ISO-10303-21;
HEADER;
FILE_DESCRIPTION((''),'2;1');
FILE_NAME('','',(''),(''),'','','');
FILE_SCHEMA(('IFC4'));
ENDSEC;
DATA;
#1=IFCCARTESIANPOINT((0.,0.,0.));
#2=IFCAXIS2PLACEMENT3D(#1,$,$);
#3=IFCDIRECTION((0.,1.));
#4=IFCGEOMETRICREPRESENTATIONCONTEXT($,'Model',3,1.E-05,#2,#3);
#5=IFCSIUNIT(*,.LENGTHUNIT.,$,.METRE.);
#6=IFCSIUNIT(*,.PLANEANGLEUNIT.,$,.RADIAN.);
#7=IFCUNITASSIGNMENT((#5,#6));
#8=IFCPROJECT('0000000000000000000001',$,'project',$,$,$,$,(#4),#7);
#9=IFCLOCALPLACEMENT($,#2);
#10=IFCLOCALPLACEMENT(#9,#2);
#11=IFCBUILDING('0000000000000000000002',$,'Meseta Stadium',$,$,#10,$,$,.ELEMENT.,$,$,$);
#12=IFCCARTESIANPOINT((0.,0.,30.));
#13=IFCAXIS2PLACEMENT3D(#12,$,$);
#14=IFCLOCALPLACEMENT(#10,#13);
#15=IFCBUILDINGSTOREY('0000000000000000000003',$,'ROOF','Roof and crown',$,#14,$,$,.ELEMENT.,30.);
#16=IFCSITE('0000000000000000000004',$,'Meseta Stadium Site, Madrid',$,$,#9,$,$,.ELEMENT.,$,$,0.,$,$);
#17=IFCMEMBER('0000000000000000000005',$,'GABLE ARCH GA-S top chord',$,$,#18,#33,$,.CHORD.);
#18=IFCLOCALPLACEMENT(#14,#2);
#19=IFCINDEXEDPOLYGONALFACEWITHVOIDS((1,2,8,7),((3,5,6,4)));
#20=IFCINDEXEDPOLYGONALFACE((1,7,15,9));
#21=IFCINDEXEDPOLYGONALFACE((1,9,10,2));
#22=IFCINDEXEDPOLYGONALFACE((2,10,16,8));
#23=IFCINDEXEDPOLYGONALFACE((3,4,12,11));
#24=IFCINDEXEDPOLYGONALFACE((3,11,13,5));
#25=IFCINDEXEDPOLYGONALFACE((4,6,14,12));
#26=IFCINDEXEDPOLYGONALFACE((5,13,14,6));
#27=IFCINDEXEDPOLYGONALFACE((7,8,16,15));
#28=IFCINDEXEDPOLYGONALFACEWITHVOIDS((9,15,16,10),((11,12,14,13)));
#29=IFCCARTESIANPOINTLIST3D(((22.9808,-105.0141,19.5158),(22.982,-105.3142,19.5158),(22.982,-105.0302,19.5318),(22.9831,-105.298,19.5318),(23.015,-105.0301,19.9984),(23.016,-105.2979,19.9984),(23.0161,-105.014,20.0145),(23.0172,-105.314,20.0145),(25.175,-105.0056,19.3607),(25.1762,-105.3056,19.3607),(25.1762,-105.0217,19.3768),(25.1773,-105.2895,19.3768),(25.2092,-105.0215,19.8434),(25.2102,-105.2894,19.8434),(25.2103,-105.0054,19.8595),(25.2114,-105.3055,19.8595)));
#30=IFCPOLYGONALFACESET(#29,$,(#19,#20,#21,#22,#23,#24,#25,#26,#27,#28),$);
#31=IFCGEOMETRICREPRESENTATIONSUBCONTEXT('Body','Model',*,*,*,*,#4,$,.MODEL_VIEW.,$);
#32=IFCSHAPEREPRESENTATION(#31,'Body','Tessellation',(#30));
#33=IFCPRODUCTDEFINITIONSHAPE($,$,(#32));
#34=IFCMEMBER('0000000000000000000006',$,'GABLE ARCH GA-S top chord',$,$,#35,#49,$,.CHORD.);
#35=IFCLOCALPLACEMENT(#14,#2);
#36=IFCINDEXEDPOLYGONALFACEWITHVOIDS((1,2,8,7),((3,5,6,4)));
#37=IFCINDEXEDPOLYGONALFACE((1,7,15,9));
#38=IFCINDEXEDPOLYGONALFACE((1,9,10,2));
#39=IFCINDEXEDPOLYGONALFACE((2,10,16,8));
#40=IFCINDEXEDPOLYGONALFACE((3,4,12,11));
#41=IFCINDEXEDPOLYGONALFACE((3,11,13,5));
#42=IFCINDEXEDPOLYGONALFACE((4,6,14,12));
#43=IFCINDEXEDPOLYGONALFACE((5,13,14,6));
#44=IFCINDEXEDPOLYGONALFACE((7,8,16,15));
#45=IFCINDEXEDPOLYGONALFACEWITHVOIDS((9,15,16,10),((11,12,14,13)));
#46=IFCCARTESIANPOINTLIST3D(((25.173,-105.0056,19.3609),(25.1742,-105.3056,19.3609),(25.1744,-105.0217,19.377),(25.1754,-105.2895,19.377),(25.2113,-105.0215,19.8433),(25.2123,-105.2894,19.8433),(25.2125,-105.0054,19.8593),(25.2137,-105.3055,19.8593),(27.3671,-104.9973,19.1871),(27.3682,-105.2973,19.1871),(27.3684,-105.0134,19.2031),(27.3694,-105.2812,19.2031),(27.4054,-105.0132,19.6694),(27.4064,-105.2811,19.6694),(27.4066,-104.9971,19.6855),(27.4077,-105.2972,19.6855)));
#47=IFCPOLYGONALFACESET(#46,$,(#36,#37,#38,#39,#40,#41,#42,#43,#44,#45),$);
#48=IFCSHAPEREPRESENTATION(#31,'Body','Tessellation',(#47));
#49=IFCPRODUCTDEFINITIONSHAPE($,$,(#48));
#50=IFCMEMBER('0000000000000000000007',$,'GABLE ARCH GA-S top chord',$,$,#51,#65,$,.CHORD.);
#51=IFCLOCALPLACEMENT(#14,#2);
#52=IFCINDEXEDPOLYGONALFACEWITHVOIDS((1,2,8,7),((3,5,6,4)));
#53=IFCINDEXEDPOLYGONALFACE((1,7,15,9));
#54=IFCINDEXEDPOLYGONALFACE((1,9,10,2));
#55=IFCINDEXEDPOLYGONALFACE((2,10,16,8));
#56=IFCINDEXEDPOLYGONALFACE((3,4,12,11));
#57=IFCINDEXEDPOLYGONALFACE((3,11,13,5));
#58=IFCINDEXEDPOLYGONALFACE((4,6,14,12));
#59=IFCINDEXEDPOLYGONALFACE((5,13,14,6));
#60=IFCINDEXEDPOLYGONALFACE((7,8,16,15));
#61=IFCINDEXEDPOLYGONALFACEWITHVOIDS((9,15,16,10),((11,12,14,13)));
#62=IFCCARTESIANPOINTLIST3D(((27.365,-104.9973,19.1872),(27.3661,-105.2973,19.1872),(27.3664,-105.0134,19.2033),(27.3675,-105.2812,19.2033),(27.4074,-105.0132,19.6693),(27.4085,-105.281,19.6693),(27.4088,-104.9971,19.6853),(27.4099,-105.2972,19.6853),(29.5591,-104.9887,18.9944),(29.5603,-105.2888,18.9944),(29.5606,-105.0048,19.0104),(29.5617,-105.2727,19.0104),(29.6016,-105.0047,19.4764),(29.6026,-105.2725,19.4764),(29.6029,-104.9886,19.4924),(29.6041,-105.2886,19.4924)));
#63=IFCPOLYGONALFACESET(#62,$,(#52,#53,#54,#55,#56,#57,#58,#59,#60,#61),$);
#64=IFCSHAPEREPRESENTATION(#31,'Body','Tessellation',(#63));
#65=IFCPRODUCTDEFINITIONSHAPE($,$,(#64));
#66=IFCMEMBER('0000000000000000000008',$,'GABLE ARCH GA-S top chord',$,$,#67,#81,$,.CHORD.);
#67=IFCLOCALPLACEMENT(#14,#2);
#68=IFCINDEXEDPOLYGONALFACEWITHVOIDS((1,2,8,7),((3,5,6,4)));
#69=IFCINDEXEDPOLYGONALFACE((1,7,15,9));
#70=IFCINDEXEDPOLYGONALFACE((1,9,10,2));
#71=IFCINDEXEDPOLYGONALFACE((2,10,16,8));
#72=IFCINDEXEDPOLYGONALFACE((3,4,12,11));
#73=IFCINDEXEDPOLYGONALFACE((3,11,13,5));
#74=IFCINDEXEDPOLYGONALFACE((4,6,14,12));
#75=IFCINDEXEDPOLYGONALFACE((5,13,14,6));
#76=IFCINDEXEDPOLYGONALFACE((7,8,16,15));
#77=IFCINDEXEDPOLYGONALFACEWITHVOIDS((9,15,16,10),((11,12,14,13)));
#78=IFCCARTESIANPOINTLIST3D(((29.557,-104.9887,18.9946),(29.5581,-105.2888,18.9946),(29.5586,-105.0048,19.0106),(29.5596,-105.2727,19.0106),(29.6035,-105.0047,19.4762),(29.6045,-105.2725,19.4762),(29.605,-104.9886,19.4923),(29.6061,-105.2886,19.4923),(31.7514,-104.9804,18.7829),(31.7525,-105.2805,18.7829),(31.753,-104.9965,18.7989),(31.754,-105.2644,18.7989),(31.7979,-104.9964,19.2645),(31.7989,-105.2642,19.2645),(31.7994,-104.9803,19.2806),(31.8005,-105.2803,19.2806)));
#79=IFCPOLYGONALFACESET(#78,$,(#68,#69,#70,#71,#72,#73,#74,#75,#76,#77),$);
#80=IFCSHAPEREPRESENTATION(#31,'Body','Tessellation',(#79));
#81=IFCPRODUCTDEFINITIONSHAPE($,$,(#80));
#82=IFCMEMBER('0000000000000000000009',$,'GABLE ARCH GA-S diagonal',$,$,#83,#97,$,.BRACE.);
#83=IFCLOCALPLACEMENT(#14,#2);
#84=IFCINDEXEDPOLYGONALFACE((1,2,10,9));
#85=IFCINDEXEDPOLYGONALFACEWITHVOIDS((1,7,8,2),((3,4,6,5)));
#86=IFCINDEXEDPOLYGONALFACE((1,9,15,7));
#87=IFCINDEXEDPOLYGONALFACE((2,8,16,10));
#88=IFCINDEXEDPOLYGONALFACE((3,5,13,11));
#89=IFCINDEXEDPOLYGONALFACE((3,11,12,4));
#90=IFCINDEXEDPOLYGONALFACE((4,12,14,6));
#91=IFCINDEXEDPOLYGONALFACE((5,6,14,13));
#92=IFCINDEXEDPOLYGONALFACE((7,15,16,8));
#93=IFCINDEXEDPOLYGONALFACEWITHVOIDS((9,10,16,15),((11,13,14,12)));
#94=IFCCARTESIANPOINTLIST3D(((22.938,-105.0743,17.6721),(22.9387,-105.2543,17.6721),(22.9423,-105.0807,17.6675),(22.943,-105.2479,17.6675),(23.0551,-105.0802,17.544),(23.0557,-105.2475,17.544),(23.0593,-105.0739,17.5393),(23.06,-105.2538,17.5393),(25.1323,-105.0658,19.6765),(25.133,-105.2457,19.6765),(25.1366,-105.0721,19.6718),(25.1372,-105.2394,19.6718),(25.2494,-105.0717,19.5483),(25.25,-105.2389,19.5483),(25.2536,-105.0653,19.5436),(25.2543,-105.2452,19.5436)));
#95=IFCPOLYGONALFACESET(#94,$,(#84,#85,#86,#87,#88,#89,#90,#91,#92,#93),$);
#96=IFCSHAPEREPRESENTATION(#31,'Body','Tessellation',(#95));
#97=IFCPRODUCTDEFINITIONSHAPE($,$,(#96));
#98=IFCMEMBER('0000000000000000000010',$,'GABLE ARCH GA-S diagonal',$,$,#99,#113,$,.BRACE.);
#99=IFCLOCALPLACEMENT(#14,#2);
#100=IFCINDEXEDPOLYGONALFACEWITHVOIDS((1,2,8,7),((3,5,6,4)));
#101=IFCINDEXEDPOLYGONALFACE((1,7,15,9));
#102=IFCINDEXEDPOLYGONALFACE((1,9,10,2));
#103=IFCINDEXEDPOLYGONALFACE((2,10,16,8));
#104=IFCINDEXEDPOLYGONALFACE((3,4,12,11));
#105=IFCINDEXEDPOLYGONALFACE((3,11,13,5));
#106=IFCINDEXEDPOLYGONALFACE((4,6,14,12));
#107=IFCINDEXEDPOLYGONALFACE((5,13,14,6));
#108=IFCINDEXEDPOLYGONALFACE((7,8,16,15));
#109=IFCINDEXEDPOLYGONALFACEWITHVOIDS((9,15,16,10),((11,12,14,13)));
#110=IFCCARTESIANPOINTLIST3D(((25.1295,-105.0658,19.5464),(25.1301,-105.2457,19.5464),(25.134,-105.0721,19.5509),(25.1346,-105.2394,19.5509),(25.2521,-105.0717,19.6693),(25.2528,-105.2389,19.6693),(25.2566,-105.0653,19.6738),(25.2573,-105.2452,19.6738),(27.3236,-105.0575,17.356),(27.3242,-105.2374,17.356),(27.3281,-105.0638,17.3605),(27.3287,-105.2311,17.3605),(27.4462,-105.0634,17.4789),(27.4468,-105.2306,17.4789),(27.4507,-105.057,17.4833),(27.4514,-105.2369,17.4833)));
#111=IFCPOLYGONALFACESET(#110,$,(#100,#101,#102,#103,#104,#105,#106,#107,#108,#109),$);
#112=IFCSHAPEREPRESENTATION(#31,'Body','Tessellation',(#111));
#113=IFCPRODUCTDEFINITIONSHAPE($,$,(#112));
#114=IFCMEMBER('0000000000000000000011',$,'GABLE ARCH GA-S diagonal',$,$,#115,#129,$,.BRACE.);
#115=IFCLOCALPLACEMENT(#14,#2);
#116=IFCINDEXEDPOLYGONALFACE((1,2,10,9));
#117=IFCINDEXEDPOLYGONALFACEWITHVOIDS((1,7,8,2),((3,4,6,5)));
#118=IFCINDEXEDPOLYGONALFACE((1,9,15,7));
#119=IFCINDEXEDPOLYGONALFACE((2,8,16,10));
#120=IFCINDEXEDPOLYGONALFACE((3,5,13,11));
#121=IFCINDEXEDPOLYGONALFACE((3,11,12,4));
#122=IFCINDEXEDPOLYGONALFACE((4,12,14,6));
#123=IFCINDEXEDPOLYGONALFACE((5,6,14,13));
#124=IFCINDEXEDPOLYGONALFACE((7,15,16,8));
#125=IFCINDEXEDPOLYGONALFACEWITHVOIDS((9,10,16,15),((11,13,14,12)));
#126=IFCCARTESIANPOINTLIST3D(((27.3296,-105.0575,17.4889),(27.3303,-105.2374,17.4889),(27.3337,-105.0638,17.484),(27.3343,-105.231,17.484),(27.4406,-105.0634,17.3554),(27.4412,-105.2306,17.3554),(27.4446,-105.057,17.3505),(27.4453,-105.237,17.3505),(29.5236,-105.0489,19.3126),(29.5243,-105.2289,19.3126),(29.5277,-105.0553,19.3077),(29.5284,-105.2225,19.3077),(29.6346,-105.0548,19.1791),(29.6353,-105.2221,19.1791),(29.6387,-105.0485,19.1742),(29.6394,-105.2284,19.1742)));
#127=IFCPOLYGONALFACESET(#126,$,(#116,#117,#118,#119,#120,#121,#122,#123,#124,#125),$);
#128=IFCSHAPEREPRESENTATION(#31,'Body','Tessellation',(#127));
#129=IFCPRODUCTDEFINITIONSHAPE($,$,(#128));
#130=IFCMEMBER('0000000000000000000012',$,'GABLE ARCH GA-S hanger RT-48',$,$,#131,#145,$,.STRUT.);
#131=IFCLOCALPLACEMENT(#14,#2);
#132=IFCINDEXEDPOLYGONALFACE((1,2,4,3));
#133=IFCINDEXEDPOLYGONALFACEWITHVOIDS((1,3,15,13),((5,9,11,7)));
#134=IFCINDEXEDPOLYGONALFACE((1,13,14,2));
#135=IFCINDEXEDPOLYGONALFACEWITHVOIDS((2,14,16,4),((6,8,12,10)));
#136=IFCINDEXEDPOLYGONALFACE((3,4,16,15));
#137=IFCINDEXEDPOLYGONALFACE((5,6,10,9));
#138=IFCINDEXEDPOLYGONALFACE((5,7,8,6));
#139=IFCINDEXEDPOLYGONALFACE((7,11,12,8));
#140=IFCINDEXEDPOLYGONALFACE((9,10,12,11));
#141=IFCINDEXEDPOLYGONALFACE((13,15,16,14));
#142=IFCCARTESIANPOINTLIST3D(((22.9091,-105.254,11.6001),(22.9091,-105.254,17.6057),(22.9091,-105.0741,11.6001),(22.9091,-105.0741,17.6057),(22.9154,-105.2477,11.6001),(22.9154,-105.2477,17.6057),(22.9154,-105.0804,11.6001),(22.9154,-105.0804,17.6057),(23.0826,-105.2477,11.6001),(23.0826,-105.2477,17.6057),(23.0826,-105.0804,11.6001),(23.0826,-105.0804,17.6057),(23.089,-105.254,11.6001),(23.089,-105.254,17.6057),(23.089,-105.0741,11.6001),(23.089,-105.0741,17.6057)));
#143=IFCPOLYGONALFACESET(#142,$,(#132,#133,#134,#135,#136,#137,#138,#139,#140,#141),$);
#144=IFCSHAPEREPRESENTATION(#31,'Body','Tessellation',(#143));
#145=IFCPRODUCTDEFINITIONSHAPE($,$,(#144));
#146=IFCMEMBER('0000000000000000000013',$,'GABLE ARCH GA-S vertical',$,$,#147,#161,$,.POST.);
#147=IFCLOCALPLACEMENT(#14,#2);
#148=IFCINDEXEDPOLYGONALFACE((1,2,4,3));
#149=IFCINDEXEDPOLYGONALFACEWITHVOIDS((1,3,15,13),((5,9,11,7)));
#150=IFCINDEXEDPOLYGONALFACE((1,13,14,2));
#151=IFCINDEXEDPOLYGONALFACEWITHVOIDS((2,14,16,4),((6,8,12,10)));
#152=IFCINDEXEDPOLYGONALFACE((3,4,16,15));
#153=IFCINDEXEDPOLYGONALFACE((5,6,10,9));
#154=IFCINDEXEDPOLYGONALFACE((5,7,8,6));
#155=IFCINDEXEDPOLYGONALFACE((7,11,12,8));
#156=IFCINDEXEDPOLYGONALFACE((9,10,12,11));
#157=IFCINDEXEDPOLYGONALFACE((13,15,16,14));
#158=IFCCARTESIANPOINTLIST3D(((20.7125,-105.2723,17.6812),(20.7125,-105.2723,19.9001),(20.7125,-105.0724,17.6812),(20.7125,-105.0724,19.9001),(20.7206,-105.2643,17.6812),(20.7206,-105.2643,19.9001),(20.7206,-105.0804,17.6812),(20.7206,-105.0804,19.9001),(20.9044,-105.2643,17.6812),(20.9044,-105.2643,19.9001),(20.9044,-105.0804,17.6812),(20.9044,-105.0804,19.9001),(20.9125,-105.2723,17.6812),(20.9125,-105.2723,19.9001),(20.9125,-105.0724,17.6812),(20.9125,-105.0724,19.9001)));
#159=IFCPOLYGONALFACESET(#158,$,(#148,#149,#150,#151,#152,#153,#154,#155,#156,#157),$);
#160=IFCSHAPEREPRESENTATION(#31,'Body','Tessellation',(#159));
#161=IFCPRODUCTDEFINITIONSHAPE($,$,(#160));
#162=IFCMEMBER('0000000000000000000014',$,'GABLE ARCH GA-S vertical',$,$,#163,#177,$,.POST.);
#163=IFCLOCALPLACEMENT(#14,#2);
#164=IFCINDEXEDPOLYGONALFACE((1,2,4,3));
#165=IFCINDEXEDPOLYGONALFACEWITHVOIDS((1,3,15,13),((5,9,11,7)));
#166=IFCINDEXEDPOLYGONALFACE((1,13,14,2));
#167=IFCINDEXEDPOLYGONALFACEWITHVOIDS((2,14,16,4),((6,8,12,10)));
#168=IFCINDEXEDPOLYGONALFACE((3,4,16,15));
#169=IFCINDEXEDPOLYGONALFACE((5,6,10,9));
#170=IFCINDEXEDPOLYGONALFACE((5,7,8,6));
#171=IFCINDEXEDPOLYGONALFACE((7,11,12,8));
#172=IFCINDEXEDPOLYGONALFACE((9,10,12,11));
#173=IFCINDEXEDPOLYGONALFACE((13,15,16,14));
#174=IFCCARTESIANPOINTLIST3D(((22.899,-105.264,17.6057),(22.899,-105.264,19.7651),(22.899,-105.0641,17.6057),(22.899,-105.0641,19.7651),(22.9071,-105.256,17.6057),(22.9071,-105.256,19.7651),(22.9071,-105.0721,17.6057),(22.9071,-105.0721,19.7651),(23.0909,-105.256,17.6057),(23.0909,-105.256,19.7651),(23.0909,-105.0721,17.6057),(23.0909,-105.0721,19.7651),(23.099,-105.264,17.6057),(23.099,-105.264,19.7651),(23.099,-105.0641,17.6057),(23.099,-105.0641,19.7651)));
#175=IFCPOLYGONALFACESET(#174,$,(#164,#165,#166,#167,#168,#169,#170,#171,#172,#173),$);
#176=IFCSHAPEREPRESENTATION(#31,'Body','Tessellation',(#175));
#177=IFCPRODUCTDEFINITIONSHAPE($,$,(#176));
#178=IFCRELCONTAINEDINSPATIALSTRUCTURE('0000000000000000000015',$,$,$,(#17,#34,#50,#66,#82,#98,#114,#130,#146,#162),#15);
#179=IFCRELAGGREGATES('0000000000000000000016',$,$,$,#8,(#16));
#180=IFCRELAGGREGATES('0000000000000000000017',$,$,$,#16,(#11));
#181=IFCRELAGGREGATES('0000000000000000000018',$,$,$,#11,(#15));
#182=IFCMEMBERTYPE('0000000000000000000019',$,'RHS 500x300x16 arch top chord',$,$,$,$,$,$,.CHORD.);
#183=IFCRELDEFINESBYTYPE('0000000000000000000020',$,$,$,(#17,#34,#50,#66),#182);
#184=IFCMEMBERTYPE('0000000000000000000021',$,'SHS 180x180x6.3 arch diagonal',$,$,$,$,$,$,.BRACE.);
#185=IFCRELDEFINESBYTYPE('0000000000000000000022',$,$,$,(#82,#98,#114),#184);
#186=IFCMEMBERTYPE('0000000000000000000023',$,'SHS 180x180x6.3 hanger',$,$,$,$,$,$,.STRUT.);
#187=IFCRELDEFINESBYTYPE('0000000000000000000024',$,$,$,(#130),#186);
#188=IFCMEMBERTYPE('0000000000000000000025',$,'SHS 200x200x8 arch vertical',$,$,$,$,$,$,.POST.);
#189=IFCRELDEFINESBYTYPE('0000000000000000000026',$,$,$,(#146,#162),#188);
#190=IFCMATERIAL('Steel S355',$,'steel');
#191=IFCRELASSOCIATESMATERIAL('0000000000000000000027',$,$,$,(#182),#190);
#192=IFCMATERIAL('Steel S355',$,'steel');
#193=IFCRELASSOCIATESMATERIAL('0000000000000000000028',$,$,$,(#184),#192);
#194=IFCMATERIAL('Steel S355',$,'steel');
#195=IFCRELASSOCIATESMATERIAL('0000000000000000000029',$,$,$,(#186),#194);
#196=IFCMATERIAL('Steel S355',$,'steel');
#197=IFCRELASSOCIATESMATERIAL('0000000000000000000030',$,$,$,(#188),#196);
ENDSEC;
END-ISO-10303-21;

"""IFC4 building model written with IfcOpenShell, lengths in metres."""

from ifc_helpers import new_model, si_unit, direction, frame, origin, origin_2d, place, context, subcontext, project, spatial, hollow_rectangle, extrude, material, material_profile, profile_set, type_object, element, save


model = new_model("IFC4")

# Units and contexts
model_context = context("Model", 3, precision=1e-05, world=origin(), true_north=direction((0.0, 1.0)))
body_context = subcontext(model_context, "Body", "Model", "MODEL_VIEW")
ifc_project = project(units=[si_unit("LENGTHUNIT", "METRE"), si_unit("PLANEANGLEUNIT", "RADIAN")], contexts=[model_context])

# Site, building, storey
site_placement = place(None, origin())
site = spatial("IfcSite", under=ifc_project, at=site_placement, Name="Meseta Stadium Site, Madrid", CompositionType="ELEMENT", RefElevation=0.0)
building_placement = place(site_placement, origin())
building = spatial("IfcBuilding", under=site, at=building_placement, Name="Meseta Stadium", CompositionType="ELEMENT")
storey_placement = place(building_placement, frame((0.0, 0.0, 30.0)))
storey = spatial("IfcBuildingStorey", under=building, at=storey_placement, Name="ROOF", Description="Roof and crown", CompositionType="ELEMENT", Elevation=30.0)

# Members
ifc_material_1 = material(Name="Steel S355", Category="steel")
ifc_material_profile_1 = material_profile(ifc_material_1, hollow_rectangle(XDim=0.3, YDim=0.5, WallThickness=0.0161, at=origin_2d()), Name="RHS 500x300x16")
ifc_profile_set_1 = profile_set([ifc_material_profile_1], Name="Steel S355")
member_type_1 = type_object("IfcMemberType", Name="RHS 500x300x16 arch top chord", PredefinedType="CHORD", material=ifc_profile_set_1)
member_1_placement = place(storey_placement, frame((22.999, -105.1641, 19.7651), z_axis=(0.997506, 0.003884, -0.070474), x_axis=(-0.003894, 0.999992, 0.0)))
element("IfcMember", 1, at=member_1_placement, inside=storey, type_object=member_type_1, Name="GABLE ARCH GA-S top chord", PredefinedType="CHORD", context=body_context, shape_type="SweptSolid", body=[
    extrude(hollow_rectangle(XDim=0.3, YDim=0.5, WallThickness=0.0161, at=origin_2d()), origin(), (0.0, 0.0, 1.0), 2.1997),
])
member_2_placement = place(storey_placement, frame((25.1934, -105.1555, 19.6101), z_axis=(0.996869, 0.003771, -0.078978), x_axis=(-0.003783, 0.999993, 0.0)))
element("IfcMember", 2, at=member_2_placement, inside=storey, type_object=member_type_1, Name="GABLE ARCH GA-S top chord", PredefinedType="CHORD", context=body_context, shape_type="SweptSolid", body=[
    extrude(hollow_rectangle(XDim=0.3, YDim=0.5, WallThickness=0.0161, at=origin_2d()), origin(), (0.0, 0.0, 1.0), 2.2009),
])
member_3_placement = place(storey_placement, frame((27.3875, -105.1472, 19.4363), z_axis=(0.996151, 0.00388, -0.087566), x_axis=(-0.003894, 0.999992, 0.0)))
element("IfcMember", 3, at=member_3_placement, inside=storey, type_object=member_type_1, Name="GABLE ARCH GA-S top chord", PredefinedType="CHORD", context=body_context, shape_type="SweptSolid", body=[
    extrude(hollow_rectangle(XDim=0.3, YDim=0.5, WallThickness=0.0161, at=origin_2d()), origin(), (0.0, 0.0, 1.0), 2.2026),
])
member_4_placement = place(storey_placement, frame((29.5815, -105.1387, 19.2434), z_axis=(0.995373, 0.003765, -0.096016), x_axis=(-0.003783, 0.999993, 0.0)))
element("IfcMember", 4, at=member_4_placement, inside=storey, type_object=member_type_1, Name="GABLE ARCH GA-S top chord", PredefinedType="CHORD", context=body_context, shape_type="SweptSolid", body=[
    extrude(hollow_rectangle(XDim=0.3, YDim=0.5, WallThickness=0.0161, at=origin_2d()), origin(), (0.0, 0.0, 1.0), 2.2046),
])
ifc_material_2 = material(Name="Steel S355", Category="steel")
ifc_material_profile_2 = material_profile(ifc_material_2, hollow_rectangle(XDim=0.1799, YDim=0.1799, WallThickness=0.0063, at=origin_2d()), Name="SHS 180x180x6.3")
ifc_profile_set_2 = profile_set([ifc_material_profile_2], Name="Steel S355")
member_type_2 = type_object("IfcMemberType", Name="SHS 180x180x6.3 arch diagonal", PredefinedType="BRACE", material=ifc_profile_set_2)
member_5_placement = place(storey_placement, frame((22.999, -105.1641, 17.6057), z_axis=(0.738337, 0.002875, 0.674426), x_axis=(-0.003894, 0.999992, 0.0)))
element("IfcMember", 5, at=member_5_placement, inside=storey, type_object=member_type_2, Name="GABLE ARCH GA-S diagonal", PredefinedType="BRACE", context=body_context, shape_type="SweptSolid", body=[
    extrude(hollow_rectangle(XDim=0.1799, YDim=0.1799, WallThickness=0.0063, at=origin_2d()), origin(), (0.0, 0.0, 1.0), 2.9719),
])
member_6_placement = place(storey_placement, frame((25.1934, -105.1555, 19.6101), z_axis=(0.707695, 0.002677, -0.706513), x_axis=(-0.003783, 0.999993, 0.0)))
element("IfcMember", 6, at=member_6_placement, inside=storey, type_object=member_type_2, Name="GABLE ARCH GA-S diagonal", PredefinedType="BRACE", context=body_context, shape_type="SweptSolid", body=[
    extrude(hollow_rectangle(XDim=0.1799, YDim=0.1799, WallThickness=0.0063, at=origin_2d()), origin(), (0.0, 0.0, 1.0), 3.1003),
])
member_7_placement = place(storey_placement, frame((27.3875, -105.1472, 17.4197), z_axis=(0.769024, 0.002995, 0.639213), x_axis=(-0.003894, 0.999992, 0.0)))
element("IfcMember", 7, at=member_7_placement, inside=storey, type_object=member_type_2, Name="GABLE ARCH GA-S diagonal", PredefinedType="BRACE", context=body_context, shape_type="SweptSolid", body=[
    extrude(hollow_rectangle(XDim=0.1799, YDim=0.1799, WallThickness=0.0063, at=origin_2d()), origin(), (0.0, 0.0, 1.0), 2.853),
])
ifc_material_3 = material(Name="Steel S355", Category="steel")
ifc_material_profile_3 = material_profile(ifc_material_3, hollow_rectangle(XDim=0.1799, YDim=0.1799, WallThickness=0.0063, at=origin_2d()), Name="SHS 180x180x6.3")
ifc_profile_set_3 = profile_set([ifc_material_profile_3], Name="Steel S355")
member_type_3 = type_object("IfcMemberType", Name="SHS 180x180x6.3 hanger", PredefinedType="STRUT", material=ifc_profile_set_3)
member_8_placement = place(storey_placement, frame((22.999, -105.1641, 17.6057), z_axis=(0.0, 0.0, -1.0), x_axis=(1.0, 0.0, 0.0)))
element("IfcMember", 8, at=member_8_placement, inside=storey, type_object=member_type_3, Name="GABLE ARCH GA-S hanger RT-48", PredefinedType="STRUT", context=body_context, shape_type="SweptSolid", body=[
    extrude(hollow_rectangle(XDim=0.1799, YDim=0.1799, WallThickness=0.0063, at=origin_2d()), origin(), (0.0, 0.0, 1.0), 6.0056),
])
ifc_material_4 = material(Name="Steel S355", Category="steel")
ifc_material_profile_4 = material_profile(ifc_material_4, hollow_rectangle(XDim=0.2, YDim=0.2, WallThickness=0.0081, at=origin_2d()), Name="SHS 200x200x8")
ifc_profile_set_4 = profile_set([ifc_material_profile_4], Name="Steel S355")
member_type_4 = type_object("IfcMemberType", Name="SHS 200x200x8 arch vertical", PredefinedType="POST", material=ifc_profile_set_4)
member_9_placement = place(storey_placement, frame((20.8125, -105.1724, 17.6812), z_axis=(0.0, 0.0, 1.0), x_axis=(1.0, 0.0, 0.0)))
element("IfcMember", 9, at=member_9_placement, inside=storey, type_object=member_type_4, Name="GABLE ARCH GA-S vertical", PredefinedType="POST", context=body_context, shape_type="SweptSolid", body=[
    extrude(hollow_rectangle(XDim=0.2, YDim=0.2, WallThickness=0.0081, at=origin_2d()), origin(), (0.0, 0.0, 1.0), 2.219),
])
member_10_placement = place(storey_placement, frame((22.999, -105.1641, 17.6057), z_axis=(0.0, 0.0, 1.0), x_axis=(1.0, 0.0, 0.0)))
element("IfcMember", 10, at=member_10_placement, inside=storey, type_object=member_type_4, Name="GABLE ARCH GA-S vertical", PredefinedType="POST", context=body_context, shape_type="SweptSolid", body=[
    extrude(hollow_rectangle(XDim=0.2, YDim=0.2, WallThickness=0.0081, at=origin_2d()), origin(), (0.0, 0.0, 1.0), 2.1594),
])

save(model, "model.ifc")
